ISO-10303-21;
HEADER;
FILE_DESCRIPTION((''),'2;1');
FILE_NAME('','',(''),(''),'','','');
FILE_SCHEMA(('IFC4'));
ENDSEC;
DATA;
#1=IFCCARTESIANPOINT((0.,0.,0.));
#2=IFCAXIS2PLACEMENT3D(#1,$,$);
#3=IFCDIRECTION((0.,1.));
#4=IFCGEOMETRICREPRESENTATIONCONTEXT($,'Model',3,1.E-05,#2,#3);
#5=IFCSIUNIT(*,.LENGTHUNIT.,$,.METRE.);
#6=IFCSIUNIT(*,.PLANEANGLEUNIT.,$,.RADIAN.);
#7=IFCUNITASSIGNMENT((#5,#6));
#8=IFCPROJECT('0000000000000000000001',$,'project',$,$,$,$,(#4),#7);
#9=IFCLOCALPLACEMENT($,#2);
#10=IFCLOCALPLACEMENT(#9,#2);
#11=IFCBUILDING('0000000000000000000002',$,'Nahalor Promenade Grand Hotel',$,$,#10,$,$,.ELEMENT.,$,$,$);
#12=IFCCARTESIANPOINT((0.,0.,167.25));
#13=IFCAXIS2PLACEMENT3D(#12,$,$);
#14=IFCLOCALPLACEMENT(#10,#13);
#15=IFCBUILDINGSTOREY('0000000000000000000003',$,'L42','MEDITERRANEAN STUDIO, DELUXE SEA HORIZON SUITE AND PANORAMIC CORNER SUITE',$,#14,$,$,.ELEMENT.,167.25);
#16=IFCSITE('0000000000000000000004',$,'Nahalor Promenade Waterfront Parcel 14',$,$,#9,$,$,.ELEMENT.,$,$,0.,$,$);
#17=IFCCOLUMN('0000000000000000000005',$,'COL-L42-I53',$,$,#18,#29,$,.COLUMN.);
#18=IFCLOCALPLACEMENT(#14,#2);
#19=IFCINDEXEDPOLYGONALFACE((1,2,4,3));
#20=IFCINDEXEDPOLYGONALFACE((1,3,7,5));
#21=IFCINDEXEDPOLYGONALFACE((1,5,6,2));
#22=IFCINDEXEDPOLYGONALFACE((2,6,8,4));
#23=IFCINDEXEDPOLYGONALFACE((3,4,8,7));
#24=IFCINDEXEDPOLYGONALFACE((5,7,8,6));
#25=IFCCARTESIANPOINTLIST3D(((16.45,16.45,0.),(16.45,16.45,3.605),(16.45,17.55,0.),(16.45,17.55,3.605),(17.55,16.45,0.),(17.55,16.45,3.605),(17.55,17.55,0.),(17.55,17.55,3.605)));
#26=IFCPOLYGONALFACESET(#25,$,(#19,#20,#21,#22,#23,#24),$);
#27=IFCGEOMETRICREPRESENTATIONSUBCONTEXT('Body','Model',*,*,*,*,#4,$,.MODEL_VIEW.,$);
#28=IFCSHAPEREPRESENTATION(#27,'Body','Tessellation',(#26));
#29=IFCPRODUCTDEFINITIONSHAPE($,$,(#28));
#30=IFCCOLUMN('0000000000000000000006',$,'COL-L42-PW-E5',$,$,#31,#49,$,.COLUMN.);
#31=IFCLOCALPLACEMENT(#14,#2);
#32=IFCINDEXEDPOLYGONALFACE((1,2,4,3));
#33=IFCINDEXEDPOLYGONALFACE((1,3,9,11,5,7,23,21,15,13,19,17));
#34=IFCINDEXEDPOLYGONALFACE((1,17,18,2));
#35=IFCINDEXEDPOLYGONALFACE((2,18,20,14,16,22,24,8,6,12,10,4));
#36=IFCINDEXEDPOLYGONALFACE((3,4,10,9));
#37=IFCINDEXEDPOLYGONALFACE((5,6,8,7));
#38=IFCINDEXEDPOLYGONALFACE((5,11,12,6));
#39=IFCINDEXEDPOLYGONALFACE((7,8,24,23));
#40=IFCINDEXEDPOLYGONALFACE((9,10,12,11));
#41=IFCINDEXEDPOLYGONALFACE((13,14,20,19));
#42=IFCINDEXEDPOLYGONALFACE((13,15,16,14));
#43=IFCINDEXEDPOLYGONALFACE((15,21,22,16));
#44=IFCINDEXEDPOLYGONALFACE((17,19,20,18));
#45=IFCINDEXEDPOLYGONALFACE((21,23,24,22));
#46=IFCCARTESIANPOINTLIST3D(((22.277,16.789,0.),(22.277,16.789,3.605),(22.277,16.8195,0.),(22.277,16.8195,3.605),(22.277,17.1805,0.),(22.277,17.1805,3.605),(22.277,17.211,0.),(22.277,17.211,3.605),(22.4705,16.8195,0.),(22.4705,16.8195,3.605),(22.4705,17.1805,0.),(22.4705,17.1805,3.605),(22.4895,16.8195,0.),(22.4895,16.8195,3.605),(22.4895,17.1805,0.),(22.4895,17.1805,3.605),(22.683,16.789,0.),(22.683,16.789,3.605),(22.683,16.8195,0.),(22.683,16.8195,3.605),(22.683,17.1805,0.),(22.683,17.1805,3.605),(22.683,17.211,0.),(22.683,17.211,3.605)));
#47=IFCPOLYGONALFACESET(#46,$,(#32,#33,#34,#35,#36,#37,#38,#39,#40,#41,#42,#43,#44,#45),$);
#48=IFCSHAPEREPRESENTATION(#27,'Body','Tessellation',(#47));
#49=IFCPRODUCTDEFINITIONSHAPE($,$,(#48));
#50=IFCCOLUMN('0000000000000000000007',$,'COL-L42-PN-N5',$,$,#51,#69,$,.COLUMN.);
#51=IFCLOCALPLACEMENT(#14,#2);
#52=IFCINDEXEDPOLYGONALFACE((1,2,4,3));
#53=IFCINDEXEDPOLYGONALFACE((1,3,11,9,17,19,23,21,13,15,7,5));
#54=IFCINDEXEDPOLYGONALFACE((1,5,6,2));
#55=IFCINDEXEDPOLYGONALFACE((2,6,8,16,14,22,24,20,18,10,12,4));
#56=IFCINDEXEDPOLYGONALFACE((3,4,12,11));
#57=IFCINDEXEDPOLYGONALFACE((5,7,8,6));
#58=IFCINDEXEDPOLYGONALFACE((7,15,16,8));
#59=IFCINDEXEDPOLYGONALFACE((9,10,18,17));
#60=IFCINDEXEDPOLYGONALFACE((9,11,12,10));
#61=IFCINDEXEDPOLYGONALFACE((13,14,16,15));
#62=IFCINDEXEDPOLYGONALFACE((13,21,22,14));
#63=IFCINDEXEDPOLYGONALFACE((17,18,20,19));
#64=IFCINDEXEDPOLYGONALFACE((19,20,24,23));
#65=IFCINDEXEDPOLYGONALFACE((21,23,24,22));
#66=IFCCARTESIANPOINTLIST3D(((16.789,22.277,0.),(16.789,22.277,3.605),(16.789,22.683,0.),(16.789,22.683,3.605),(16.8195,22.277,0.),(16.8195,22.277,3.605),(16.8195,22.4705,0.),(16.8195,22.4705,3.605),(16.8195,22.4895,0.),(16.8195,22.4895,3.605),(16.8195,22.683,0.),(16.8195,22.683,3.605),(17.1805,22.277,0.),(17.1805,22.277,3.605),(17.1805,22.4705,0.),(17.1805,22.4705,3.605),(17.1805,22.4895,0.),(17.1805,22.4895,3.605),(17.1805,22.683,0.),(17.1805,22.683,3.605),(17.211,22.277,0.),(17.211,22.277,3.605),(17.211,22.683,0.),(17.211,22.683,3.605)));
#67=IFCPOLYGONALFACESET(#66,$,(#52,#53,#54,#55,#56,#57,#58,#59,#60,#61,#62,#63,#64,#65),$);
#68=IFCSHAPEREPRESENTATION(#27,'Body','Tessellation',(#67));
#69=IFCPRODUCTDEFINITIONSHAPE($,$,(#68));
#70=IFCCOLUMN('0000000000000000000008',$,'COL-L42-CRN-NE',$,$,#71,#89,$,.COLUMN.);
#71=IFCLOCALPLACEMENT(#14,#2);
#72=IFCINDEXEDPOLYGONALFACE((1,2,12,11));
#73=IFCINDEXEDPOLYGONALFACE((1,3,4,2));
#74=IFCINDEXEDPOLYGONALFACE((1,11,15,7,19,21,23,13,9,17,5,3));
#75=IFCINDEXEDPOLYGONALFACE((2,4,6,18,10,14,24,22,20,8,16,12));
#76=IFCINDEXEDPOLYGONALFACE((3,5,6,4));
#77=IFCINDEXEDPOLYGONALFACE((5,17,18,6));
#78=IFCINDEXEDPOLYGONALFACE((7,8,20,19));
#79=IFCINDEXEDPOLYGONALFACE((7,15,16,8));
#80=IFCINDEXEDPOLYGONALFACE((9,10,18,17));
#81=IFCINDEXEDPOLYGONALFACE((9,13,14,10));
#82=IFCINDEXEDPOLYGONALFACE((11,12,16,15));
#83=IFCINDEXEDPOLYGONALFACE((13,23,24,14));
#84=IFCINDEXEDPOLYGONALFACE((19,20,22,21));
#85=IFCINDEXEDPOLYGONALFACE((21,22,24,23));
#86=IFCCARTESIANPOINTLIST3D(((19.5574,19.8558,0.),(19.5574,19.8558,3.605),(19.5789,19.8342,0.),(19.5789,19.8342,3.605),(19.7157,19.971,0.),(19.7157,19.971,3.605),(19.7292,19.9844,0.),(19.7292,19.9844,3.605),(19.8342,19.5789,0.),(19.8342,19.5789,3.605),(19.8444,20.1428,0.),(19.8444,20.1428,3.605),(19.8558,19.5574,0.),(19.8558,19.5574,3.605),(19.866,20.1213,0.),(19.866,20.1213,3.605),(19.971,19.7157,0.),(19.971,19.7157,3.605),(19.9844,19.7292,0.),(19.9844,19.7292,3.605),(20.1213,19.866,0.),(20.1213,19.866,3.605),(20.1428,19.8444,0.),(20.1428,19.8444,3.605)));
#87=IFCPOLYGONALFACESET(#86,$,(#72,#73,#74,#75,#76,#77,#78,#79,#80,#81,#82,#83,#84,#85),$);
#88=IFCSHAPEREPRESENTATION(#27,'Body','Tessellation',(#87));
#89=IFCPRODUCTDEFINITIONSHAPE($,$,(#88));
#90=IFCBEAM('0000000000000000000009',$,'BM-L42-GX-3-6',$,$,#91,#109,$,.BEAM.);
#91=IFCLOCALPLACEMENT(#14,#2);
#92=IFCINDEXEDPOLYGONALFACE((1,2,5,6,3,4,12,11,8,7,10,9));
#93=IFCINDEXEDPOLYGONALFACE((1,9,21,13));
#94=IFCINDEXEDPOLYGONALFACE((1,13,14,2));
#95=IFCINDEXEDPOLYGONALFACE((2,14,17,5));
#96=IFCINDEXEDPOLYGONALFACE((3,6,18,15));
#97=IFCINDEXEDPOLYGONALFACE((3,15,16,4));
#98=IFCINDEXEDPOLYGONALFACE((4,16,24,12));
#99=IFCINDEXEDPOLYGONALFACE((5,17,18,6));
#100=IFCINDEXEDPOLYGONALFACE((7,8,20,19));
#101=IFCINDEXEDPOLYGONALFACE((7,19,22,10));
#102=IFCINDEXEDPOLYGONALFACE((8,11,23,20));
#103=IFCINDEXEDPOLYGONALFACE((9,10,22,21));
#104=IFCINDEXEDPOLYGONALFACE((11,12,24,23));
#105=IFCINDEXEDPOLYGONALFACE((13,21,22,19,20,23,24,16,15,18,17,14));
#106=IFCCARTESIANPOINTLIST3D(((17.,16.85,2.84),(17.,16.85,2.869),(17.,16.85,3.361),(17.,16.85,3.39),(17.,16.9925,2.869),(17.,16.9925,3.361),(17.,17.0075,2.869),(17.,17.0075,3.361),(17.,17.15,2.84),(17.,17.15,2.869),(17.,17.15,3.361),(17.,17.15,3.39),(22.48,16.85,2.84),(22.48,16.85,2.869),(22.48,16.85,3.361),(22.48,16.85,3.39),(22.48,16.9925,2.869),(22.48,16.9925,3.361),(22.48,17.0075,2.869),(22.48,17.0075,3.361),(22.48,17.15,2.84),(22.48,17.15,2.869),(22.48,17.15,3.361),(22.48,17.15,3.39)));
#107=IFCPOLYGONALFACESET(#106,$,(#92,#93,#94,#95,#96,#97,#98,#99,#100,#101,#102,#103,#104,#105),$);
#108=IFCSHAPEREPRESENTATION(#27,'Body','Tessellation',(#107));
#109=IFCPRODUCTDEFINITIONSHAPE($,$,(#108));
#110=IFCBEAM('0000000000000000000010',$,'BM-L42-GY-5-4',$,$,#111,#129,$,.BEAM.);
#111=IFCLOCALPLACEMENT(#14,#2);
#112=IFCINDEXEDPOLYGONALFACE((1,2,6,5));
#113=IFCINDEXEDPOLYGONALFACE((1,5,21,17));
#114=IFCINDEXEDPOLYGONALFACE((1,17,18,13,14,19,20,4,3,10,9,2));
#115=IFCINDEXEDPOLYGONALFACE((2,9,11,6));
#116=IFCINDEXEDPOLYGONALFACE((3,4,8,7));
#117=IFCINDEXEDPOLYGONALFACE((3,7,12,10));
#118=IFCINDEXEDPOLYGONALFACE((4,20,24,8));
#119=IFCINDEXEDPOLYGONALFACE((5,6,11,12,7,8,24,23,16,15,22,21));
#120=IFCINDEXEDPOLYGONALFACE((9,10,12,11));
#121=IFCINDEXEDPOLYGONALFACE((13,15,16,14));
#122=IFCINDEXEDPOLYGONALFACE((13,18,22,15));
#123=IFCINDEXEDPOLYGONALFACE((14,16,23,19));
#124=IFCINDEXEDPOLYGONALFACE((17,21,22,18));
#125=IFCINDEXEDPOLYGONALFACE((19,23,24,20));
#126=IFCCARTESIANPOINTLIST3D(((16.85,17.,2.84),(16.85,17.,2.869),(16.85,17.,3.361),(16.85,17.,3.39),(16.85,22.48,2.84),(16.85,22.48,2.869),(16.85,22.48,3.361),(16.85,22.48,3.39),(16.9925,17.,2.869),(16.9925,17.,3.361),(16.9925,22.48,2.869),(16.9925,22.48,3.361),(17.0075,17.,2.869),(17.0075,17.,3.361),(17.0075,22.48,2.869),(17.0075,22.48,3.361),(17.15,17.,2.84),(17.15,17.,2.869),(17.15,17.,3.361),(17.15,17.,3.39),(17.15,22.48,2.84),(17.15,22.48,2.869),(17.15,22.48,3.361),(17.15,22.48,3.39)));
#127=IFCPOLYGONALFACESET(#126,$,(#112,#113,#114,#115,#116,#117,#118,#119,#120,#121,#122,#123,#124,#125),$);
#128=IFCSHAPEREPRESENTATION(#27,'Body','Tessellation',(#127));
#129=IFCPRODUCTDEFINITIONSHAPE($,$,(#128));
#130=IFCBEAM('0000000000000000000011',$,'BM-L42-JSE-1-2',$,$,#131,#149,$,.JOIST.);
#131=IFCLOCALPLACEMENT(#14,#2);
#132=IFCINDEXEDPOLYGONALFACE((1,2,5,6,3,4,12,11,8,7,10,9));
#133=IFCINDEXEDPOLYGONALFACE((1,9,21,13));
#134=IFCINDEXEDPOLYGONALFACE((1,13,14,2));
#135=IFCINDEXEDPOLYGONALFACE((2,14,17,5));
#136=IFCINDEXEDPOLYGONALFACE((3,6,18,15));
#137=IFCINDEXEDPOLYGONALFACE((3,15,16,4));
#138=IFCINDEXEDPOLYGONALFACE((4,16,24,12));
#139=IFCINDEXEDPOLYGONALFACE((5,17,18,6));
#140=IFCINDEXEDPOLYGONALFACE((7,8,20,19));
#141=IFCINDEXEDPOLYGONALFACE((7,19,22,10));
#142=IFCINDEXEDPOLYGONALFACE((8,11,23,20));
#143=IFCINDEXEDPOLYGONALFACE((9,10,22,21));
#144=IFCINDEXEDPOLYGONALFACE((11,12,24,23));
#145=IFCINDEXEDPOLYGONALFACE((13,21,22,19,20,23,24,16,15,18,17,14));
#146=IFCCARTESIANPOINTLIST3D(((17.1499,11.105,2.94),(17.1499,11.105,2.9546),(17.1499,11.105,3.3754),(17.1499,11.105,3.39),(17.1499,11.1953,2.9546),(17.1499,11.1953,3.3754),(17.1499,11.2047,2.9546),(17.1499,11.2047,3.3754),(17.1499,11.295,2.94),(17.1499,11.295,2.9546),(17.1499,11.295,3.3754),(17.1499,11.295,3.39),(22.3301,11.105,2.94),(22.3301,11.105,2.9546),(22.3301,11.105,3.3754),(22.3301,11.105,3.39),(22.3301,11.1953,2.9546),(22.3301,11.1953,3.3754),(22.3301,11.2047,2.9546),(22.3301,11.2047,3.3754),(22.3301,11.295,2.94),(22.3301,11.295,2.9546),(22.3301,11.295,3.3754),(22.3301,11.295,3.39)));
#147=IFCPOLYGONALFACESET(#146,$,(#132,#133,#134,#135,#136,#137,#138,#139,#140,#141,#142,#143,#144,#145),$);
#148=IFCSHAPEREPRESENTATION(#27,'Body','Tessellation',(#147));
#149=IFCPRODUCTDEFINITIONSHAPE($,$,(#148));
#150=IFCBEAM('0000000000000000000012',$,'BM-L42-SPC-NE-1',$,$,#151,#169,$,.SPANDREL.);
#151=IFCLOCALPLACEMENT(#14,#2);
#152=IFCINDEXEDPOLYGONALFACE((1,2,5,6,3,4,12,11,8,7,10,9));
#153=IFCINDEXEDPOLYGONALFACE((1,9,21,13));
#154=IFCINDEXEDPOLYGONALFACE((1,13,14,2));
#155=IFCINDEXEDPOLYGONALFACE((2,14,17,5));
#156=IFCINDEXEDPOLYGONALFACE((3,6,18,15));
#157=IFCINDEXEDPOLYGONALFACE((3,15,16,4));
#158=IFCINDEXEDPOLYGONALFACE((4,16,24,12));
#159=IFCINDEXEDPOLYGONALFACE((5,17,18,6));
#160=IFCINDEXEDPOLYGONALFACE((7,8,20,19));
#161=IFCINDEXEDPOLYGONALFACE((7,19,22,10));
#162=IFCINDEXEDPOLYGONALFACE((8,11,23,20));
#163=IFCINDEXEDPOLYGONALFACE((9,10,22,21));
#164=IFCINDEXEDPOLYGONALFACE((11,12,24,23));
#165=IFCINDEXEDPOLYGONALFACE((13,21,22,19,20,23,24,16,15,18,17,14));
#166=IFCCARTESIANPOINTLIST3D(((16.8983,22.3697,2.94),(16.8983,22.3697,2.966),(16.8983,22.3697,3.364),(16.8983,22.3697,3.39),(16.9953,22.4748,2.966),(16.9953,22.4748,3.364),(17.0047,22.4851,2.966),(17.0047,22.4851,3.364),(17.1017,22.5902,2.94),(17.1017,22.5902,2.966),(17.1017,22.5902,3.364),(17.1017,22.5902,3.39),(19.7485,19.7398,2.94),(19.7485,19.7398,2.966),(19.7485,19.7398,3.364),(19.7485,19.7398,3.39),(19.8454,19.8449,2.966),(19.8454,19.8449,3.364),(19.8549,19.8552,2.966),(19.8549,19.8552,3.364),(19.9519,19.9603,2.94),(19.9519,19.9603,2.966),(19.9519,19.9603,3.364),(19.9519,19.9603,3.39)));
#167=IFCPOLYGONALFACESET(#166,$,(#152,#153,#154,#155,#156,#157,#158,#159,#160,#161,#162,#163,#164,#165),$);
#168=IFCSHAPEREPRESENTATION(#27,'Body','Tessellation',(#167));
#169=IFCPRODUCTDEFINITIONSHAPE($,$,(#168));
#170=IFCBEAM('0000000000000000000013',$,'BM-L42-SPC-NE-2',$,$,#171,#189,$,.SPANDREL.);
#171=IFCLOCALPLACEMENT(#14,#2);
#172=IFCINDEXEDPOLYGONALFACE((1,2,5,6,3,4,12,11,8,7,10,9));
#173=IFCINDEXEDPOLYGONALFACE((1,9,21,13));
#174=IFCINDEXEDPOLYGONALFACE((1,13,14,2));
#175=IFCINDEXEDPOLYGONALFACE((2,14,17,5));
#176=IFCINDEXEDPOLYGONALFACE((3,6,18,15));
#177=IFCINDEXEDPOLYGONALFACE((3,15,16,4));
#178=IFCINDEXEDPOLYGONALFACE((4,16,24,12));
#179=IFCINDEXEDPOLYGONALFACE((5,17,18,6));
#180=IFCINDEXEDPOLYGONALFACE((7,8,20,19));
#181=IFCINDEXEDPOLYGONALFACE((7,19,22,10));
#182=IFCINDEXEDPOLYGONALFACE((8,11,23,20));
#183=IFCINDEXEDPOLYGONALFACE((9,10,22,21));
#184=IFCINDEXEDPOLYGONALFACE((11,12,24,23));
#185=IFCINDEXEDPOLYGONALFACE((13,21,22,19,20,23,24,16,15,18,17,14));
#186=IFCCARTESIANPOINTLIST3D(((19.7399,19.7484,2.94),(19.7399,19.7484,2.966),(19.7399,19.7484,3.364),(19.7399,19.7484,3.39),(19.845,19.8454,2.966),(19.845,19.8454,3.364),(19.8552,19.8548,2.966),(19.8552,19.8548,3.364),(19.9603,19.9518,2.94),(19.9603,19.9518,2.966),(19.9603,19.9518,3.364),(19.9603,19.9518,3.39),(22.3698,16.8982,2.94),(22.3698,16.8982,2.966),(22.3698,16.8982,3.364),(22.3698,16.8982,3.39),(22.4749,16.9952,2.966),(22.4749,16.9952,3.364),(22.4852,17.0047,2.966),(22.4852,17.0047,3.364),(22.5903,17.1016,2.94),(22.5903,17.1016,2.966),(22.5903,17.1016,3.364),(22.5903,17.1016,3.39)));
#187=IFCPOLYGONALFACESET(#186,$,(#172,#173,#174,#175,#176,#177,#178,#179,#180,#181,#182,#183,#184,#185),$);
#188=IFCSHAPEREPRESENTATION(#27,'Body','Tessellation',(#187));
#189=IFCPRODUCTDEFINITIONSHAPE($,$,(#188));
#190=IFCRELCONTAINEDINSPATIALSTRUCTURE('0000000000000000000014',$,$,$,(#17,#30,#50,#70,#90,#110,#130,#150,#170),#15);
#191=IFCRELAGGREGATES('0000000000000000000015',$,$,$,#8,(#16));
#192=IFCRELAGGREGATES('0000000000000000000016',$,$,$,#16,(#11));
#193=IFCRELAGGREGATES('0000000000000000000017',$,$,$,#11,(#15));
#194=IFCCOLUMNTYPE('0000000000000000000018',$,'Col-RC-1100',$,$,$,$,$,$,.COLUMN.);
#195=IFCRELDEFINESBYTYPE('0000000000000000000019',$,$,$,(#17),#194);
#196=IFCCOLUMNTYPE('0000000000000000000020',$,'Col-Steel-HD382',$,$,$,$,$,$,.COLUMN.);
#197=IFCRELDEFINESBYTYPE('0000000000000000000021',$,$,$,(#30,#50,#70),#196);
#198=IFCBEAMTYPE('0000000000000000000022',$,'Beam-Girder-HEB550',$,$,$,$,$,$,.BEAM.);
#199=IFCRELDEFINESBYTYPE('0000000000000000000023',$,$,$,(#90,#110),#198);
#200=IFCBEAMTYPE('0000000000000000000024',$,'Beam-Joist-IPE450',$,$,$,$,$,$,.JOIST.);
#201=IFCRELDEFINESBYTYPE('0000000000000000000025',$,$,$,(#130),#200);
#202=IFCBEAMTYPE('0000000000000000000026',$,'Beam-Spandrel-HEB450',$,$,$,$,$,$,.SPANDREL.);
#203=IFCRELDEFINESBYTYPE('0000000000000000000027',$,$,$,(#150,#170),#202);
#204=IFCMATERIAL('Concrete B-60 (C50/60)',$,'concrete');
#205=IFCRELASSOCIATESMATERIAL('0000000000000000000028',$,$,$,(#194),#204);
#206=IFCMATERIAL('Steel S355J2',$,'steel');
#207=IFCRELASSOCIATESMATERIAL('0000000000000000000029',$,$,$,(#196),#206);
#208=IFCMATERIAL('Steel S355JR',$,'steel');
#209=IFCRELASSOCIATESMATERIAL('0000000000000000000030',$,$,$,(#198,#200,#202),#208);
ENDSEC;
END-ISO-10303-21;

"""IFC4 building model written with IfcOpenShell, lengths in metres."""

from ifc_helpers import new_model, si_unit, direction, frame, origin, origin_2d, place, context, subcontext, project, spatial, rectangle, i_section, extrude, source, transform, mapped, material, material_profile, profile_set, type_object, element, save


model = new_model("IFC4")

# Units and contexts
model_context = context("Model", 3, precision=1e-05, world=origin(), true_north=direction((0.0, 1.0)))
body_context = subcontext(model_context, "Body", "Model", "MODEL_VIEW")
ifc_project = project(units=[si_unit("LENGTHUNIT", "METRE"), si_unit("PLANEANGLEUNIT", "RADIAN")], contexts=[model_context])

# Site, building, storey
site_placement = place(None, origin())
site = spatial("IfcSite", under=ifc_project, at=site_placement, Name="Nahalor Promenade Waterfront Parcel 14", CompositionType="ELEMENT", RefElevation=0.0)
building_placement = place(site_placement, origin())
building = spatial("IfcBuilding", under=site, at=building_placement, Name="Nahalor Promenade Grand Hotel", CompositionType="ELEMENT")
storey_placement = place(building_placement, frame((0.0, 0.0, 167.25)))
storey = spatial("IfcBuildingStorey", under=building, at=storey_placement, Name="L42", Description="MEDITERRANEAN STUDIO, DELUXE SEA HORIZON SUITE AND PANORAMIC CORNER SUITE", CompositionType="ELEMENT", Elevation=167.25)

# Columns
ifc_material_1 = material(Name="Concrete B-60 (C50/60)", Category="concrete")
ifc_material_profile_1 = material_profile(ifc_material_1, rectangle(XDim=1.1, YDim=1.1, at=origin_2d()), Name="RC 1100x1100")
ifc_profile_set_1 = profile_set([ifc_material_profile_1], Name="Concrete B-60 (C50/60)")
column_type_1 = type_object("IfcColumnType", Name="Col-RC-1100", PredefinedType="COLUMN", material=ifc_profile_set_1)
shared_shape_1 = source(origin(), body_context, "Body", "SweptSolid", [
    extrude(rectangle(XDim=1.1, YDim=1.1, at=origin_2d()), origin(), (0.0, 0.0, 1.0), 3.605),
])
column_placement = place(storey_placement, frame((17.0, 17.0, 0.0), z_axis=(0.0, 0.0, 1.0), x_axis=(1.0, 0.0, 0.0)))
element("IfcColumn", 1, at=column_placement, inside=storey, type_object=column_type_1, Name="COL-L42-I53", PredefinedType="COLUMN", context=body_context, shape_type="MappedRepresentation", body=[
    mapped(shared_shape_1, transform((0.0, 0.0, 0.0), scale=1.0)),
])
ifc_material_2 = material(Name="Steel S355J2", Category="steel")
ifc_material_profile_2 = material_profile(ifc_material_2, i_section(OverallWidth=0.406, OverallDepth=0.422, WebThickness=0.019, FlangeThickness=0.0305, at=origin_2d()), Name="HD 400x382")
ifc_profile_set_2 = profile_set([ifc_material_profile_2], Name="Steel S355J2")
column_type_2 = type_object("IfcColumnType", Name="Col-Steel-HD382", PredefinedType="COLUMN", material=ifc_profile_set_2)
shared_shape_2 = source(origin(), body_context, "Body", "SweptSolid", [
    extrude(i_section(OverallWidth=0.406, OverallDepth=0.422, WebThickness=0.019, FlangeThickness=0.0305, at=origin_2d()), origin(), (0.0, 0.0, 1.0), 3.605),
])
for number, where, z_axis, x_axis, name in (
    (2, (22.48, 17.0, 0.0), (0.0, 0.0, 1.0), (1.0, 0.0, 0.0), "COL-L42-PW-E5"),
    (3, (17.0, 22.48, 0.0), (0.0, 0.0, 1.0), (0.0, 1.0, 0.0), "COL-L42-PN-N5"),
    (4, (19.8501, 19.8501, 0.0), (0.0, 0.0, 1.0), (0.707107, 0.707107, 0.0), "COL-L42-CRN-NE"),
):
    element("IfcColumn", number, at=place(storey_placement, frame(where, z_axis=z_axis, x_axis=x_axis)), inside=storey, type_object=column_type_2, Name=name, PredefinedType="COLUMN", context=body_context, shape_type="MappedRepresentation", body=[
        mapped(shared_shape_2, transform((0.0, 0.0, 0.0), scale=1.0)),
    ])

# Beams
ifc_material_3 = material(Name="Steel S355JR", Category="steel")
ifc_material_profile_3 = material_profile(ifc_material_3, i_section(OverallWidth=0.3, OverallDepth=0.55, WebThickness=0.015, FlangeThickness=0.029, at=origin_2d()), Name="HEB 550")
ifc_profile_set_3 = profile_set([ifc_material_profile_3], Name="Steel S355JR")
beam_type_1 = type_object("IfcBeamType", Name="Beam-Girder-HEB550", PredefinedType="BEAM", material=ifc_profile_set_3)
shared_shape_3 = source(origin(), body_context, "Body", "SweptSolid", [
    extrude(i_section(OverallWidth=0.3, OverallDepth=0.55, WebThickness=0.015, FlangeThickness=0.029, at=origin_2d()), origin(), (0.0, 0.0, 1.0), 5.48),
])
for number, where, z_axis, x_axis, name in (
    (5, (17.0, 17.0, 3.115), (1.0, 0.0, 0.0), (0.0, 1.0, 0.0), "BM-L42-GX-3-6"),
    (6, (17.0, 17.0, 3.115), (0.0, 1.0, 0.0), (-1.0, 0.0, 0.0), "BM-L42-GY-5-4"),
):
    element("IfcBeam", number, at=place(storey_placement, frame(where, z_axis=z_axis, x_axis=x_axis)), inside=storey, type_object=beam_type_1, Name=name, PredefinedType="BEAM", context=body_context, shape_type="MappedRepresentation", body=[
        mapped(shared_shape_3, transform((0.0, 0.0, 0.0), scale=1.0)),
    ])
ifc_material_profile_4 = material_profile(ifc_material_3, i_section(OverallWidth=0.19, OverallDepth=0.45, WebThickness=0.0094, FlangeThickness=0.0146, at=origin_2d()), Name="IPE 450")
ifc_profile_set_4 = profile_set([ifc_material_profile_4], Name="Steel S355JR")
beam_type_2 = type_object("IfcBeamType", Name="Beam-Joist-IPE450", PredefinedType="JOIST", material=ifc_profile_set_4)
shared_shape_4 = source(origin(), body_context, "Body", "SweptSolid", [
    extrude(i_section(OverallWidth=0.19, OverallDepth=0.45, WebThickness=0.0094, FlangeThickness=0.0146, at=origin_2d()), origin(), (0.0, 0.0, 1.0), 5.1802),
])
beam_placement = place(storey_placement, frame((17.1499, 11.2, 3.165), z_axis=(1.0, 0.0, 0.0), x_axis=(0.0, 1.0, 0.0)))
element("IfcBeam", 7, at=beam_placement, inside=storey, type_object=beam_type_2, Name="BM-L42-JSE-1-2", PredefinedType="JOIST", context=body_context, shape_type="MappedRepresentation", body=[
    mapped(shared_shape_4, transform((0.0, 0.0, 0.0), scale=1.0)),
])
ifc_material_profile_5 = material_profile(ifc_material_3, i_section(OverallWidth=0.3, OverallDepth=0.45, WebThickness=0.014, FlangeThickness=0.026, at=origin_2d()), Name="HEB 450")
ifc_profile_set_5 = profile_set([ifc_material_profile_5], Name="Steel S355JR")
beam_type_3 = type_object("IfcBeamType", Name="Beam-Spandrel-HEB450", PredefinedType="SPANDREL", material=ifc_profile_set_5)
shared_shape_5 = source(origin(), body_context, "Body", "SweptSolid", [
    extrude(i_section(OverallWidth=0.3, OverallDepth=0.45, WebThickness=0.014, FlangeThickness=0.026, at=origin_2d()), origin(), (0.0, 0.0, 1.0), 3.8782),
])
for number, where, z_axis, x_axis, name in (
    (8, (17.0, 22.48, 3.165), (0.734929, -0.678144, 0.0), (0.678144, 0.734929, 0.0), "BM-L42-SPC-NE-1"),
    (9, (19.8501, 19.8501, 3.165), (0.678144, -0.734929, 0.0), (0.734929, 0.678144, 0.0), "BM-L42-SPC-NE-2"),
):
    element("IfcBeam", number, at=place(storey_placement, frame(where, z_axis=z_axis, x_axis=x_axis)), inside=storey, type_object=beam_type_3, Name=name, PredefinedType="SPANDREL", context=body_context, shape_type="MappedRepresentation", body=[
        mapped(shared_shape_5, transform((0.0, 0.0, 0.0), scale=1.0)),
    ])

save(model, "model.ifc")
